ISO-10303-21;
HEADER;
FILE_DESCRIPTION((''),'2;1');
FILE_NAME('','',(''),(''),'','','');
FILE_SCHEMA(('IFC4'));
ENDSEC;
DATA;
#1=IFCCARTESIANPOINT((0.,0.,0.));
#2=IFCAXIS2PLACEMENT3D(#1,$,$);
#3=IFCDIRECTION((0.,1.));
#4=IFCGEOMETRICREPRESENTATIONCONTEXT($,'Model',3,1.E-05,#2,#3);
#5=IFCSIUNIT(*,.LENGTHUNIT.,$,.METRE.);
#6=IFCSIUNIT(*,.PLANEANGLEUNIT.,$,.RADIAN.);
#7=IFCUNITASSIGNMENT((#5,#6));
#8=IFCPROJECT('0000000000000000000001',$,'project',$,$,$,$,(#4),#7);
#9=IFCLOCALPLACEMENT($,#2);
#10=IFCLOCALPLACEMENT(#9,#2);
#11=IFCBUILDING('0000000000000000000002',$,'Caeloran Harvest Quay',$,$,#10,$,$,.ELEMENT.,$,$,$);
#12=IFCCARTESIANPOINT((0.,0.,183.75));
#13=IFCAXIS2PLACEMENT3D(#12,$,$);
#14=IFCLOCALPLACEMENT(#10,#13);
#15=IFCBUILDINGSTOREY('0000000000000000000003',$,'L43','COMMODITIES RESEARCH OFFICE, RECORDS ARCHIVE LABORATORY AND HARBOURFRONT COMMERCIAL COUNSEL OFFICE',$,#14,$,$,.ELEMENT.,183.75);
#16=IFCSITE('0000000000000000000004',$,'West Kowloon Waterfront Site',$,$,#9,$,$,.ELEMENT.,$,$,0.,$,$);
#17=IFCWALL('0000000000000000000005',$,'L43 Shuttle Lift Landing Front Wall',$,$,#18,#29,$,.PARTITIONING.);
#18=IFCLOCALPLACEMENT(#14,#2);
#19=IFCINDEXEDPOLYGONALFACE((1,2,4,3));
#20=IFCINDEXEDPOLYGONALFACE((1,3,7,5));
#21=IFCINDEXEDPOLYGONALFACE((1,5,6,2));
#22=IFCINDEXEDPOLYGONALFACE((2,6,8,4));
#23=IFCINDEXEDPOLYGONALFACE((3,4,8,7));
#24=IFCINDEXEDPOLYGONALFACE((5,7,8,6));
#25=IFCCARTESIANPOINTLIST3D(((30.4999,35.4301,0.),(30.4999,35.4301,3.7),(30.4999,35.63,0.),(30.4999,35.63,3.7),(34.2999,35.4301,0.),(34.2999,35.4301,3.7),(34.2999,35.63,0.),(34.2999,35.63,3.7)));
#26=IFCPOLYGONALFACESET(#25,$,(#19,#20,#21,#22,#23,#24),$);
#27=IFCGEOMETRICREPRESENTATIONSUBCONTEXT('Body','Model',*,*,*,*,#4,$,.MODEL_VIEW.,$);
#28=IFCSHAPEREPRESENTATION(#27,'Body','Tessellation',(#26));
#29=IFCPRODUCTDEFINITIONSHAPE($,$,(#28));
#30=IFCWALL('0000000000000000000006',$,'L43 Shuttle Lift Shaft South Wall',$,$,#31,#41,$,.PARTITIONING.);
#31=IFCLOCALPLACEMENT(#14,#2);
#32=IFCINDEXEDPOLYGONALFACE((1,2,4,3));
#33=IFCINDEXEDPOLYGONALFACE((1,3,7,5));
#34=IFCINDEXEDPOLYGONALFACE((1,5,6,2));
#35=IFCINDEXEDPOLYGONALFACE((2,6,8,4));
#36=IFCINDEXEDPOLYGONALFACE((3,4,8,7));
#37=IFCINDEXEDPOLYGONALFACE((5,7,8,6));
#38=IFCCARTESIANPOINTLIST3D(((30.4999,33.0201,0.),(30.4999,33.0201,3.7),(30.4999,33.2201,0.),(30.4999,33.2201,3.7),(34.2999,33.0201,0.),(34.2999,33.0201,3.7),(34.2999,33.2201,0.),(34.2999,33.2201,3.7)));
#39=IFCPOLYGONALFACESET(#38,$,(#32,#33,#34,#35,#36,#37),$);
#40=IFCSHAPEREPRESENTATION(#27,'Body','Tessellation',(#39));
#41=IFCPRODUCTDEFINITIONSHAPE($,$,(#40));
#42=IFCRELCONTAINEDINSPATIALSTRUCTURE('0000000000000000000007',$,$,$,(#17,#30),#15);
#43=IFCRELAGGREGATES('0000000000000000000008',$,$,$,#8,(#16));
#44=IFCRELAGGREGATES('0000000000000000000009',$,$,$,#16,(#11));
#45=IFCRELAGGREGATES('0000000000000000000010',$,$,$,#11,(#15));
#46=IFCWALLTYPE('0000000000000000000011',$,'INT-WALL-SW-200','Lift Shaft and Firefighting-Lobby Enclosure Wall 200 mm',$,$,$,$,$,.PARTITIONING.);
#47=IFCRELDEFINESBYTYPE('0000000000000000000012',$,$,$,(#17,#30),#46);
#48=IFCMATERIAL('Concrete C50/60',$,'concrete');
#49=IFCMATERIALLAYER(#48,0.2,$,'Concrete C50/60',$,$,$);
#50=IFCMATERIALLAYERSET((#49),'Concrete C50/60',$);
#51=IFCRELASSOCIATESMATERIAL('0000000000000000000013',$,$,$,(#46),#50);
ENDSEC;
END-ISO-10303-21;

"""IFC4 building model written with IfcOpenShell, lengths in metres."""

from ifc_helpers import new_model, si_unit, direction, frame, frame_2d, origin, place, context, subcontext, project, spatial, rectangle, extrude, material, layer, layer_set, type_object, element, save


model = new_model("IFC4")

# Units and contexts
model_context = context("Model", 3, precision=1e-05, world=origin(), true_north=direction((0.0, 1.0)))
body_context = subcontext(model_context, "Body", "Model", "MODEL_VIEW")
ifc_project = project(units=[si_unit("LENGTHUNIT", "METRE"), si_unit("PLANEANGLEUNIT", "RADIAN")], contexts=[model_context])

# Site, building, storey
site_placement = place(None, origin())
site = spatial("IfcSite", under=ifc_project, at=site_placement, Name="West Kowloon Waterfront Site", CompositionType="ELEMENT", RefElevation=0.0)
building_placement = place(site_placement, origin())
building = spatial("IfcBuilding", under=site, at=building_placement, Name="Caeloran Harvest Quay", CompositionType="ELEMENT")
storey_placement = place(building_placement, frame((0.0, 0.0, 183.75)))
storey = spatial("IfcBuildingStorey", under=building, at=storey_placement, Name="L43", Description="COMMODITIES RESEARCH OFFICE, RECORDS ARCHIVE LABORATORY AND HARBOURFRONT COMMERCIAL COUNSEL OFFICE", CompositionType="ELEMENT", Elevation=183.75)

# Walls
ifc_material_1 = material(Name="Concrete C50/60", Category="concrete")
ifc_layer_1 = layer(ifc_material_1, 0.2, Name="Concrete C50/60")
ifc_layer_set_1 = layer_set([ifc_layer_1], Name="Concrete C50/60")
wall_type_1 = type_object("IfcWallType", Name="INT-WALL-SW-200", Description="Lift Shaft and Firefighting-Lobby Enclosure Wall 200 mm", PredefinedType="PARTITIONING", material=ifc_layer_set_1)
for number, where, z_axis, x_axis, name in (
    (1, (30.5, 35.53, 0.0), (0.0, 0.0, 1.0), (1.0, 0.0, 0.0), "L43 Shuttle Lift Landing Front Wall"),
    (2, (30.5, 33.1201, 0.0), (0.0, 0.0, 1.0), (1.0, 0.0, 0.0), "L43 Shuttle Lift Shaft South Wall"),
):
    element("IfcWall", number, at=place(storey_placement, frame(where, z_axis=z_axis, x_axis=x_axis)), inside=storey, type_object=wall_type_1, Name=name, PredefinedType="PARTITIONING", context=body_context, shape_type="SweptSolid", body=[
        extrude(rectangle(XDim=3.8, YDim=0.2, at=frame_2d((1.8999, 0.0))), origin(), (0.0, 0.0, 1.0), 3.7),
    ])

save(model, "model.ifc")
